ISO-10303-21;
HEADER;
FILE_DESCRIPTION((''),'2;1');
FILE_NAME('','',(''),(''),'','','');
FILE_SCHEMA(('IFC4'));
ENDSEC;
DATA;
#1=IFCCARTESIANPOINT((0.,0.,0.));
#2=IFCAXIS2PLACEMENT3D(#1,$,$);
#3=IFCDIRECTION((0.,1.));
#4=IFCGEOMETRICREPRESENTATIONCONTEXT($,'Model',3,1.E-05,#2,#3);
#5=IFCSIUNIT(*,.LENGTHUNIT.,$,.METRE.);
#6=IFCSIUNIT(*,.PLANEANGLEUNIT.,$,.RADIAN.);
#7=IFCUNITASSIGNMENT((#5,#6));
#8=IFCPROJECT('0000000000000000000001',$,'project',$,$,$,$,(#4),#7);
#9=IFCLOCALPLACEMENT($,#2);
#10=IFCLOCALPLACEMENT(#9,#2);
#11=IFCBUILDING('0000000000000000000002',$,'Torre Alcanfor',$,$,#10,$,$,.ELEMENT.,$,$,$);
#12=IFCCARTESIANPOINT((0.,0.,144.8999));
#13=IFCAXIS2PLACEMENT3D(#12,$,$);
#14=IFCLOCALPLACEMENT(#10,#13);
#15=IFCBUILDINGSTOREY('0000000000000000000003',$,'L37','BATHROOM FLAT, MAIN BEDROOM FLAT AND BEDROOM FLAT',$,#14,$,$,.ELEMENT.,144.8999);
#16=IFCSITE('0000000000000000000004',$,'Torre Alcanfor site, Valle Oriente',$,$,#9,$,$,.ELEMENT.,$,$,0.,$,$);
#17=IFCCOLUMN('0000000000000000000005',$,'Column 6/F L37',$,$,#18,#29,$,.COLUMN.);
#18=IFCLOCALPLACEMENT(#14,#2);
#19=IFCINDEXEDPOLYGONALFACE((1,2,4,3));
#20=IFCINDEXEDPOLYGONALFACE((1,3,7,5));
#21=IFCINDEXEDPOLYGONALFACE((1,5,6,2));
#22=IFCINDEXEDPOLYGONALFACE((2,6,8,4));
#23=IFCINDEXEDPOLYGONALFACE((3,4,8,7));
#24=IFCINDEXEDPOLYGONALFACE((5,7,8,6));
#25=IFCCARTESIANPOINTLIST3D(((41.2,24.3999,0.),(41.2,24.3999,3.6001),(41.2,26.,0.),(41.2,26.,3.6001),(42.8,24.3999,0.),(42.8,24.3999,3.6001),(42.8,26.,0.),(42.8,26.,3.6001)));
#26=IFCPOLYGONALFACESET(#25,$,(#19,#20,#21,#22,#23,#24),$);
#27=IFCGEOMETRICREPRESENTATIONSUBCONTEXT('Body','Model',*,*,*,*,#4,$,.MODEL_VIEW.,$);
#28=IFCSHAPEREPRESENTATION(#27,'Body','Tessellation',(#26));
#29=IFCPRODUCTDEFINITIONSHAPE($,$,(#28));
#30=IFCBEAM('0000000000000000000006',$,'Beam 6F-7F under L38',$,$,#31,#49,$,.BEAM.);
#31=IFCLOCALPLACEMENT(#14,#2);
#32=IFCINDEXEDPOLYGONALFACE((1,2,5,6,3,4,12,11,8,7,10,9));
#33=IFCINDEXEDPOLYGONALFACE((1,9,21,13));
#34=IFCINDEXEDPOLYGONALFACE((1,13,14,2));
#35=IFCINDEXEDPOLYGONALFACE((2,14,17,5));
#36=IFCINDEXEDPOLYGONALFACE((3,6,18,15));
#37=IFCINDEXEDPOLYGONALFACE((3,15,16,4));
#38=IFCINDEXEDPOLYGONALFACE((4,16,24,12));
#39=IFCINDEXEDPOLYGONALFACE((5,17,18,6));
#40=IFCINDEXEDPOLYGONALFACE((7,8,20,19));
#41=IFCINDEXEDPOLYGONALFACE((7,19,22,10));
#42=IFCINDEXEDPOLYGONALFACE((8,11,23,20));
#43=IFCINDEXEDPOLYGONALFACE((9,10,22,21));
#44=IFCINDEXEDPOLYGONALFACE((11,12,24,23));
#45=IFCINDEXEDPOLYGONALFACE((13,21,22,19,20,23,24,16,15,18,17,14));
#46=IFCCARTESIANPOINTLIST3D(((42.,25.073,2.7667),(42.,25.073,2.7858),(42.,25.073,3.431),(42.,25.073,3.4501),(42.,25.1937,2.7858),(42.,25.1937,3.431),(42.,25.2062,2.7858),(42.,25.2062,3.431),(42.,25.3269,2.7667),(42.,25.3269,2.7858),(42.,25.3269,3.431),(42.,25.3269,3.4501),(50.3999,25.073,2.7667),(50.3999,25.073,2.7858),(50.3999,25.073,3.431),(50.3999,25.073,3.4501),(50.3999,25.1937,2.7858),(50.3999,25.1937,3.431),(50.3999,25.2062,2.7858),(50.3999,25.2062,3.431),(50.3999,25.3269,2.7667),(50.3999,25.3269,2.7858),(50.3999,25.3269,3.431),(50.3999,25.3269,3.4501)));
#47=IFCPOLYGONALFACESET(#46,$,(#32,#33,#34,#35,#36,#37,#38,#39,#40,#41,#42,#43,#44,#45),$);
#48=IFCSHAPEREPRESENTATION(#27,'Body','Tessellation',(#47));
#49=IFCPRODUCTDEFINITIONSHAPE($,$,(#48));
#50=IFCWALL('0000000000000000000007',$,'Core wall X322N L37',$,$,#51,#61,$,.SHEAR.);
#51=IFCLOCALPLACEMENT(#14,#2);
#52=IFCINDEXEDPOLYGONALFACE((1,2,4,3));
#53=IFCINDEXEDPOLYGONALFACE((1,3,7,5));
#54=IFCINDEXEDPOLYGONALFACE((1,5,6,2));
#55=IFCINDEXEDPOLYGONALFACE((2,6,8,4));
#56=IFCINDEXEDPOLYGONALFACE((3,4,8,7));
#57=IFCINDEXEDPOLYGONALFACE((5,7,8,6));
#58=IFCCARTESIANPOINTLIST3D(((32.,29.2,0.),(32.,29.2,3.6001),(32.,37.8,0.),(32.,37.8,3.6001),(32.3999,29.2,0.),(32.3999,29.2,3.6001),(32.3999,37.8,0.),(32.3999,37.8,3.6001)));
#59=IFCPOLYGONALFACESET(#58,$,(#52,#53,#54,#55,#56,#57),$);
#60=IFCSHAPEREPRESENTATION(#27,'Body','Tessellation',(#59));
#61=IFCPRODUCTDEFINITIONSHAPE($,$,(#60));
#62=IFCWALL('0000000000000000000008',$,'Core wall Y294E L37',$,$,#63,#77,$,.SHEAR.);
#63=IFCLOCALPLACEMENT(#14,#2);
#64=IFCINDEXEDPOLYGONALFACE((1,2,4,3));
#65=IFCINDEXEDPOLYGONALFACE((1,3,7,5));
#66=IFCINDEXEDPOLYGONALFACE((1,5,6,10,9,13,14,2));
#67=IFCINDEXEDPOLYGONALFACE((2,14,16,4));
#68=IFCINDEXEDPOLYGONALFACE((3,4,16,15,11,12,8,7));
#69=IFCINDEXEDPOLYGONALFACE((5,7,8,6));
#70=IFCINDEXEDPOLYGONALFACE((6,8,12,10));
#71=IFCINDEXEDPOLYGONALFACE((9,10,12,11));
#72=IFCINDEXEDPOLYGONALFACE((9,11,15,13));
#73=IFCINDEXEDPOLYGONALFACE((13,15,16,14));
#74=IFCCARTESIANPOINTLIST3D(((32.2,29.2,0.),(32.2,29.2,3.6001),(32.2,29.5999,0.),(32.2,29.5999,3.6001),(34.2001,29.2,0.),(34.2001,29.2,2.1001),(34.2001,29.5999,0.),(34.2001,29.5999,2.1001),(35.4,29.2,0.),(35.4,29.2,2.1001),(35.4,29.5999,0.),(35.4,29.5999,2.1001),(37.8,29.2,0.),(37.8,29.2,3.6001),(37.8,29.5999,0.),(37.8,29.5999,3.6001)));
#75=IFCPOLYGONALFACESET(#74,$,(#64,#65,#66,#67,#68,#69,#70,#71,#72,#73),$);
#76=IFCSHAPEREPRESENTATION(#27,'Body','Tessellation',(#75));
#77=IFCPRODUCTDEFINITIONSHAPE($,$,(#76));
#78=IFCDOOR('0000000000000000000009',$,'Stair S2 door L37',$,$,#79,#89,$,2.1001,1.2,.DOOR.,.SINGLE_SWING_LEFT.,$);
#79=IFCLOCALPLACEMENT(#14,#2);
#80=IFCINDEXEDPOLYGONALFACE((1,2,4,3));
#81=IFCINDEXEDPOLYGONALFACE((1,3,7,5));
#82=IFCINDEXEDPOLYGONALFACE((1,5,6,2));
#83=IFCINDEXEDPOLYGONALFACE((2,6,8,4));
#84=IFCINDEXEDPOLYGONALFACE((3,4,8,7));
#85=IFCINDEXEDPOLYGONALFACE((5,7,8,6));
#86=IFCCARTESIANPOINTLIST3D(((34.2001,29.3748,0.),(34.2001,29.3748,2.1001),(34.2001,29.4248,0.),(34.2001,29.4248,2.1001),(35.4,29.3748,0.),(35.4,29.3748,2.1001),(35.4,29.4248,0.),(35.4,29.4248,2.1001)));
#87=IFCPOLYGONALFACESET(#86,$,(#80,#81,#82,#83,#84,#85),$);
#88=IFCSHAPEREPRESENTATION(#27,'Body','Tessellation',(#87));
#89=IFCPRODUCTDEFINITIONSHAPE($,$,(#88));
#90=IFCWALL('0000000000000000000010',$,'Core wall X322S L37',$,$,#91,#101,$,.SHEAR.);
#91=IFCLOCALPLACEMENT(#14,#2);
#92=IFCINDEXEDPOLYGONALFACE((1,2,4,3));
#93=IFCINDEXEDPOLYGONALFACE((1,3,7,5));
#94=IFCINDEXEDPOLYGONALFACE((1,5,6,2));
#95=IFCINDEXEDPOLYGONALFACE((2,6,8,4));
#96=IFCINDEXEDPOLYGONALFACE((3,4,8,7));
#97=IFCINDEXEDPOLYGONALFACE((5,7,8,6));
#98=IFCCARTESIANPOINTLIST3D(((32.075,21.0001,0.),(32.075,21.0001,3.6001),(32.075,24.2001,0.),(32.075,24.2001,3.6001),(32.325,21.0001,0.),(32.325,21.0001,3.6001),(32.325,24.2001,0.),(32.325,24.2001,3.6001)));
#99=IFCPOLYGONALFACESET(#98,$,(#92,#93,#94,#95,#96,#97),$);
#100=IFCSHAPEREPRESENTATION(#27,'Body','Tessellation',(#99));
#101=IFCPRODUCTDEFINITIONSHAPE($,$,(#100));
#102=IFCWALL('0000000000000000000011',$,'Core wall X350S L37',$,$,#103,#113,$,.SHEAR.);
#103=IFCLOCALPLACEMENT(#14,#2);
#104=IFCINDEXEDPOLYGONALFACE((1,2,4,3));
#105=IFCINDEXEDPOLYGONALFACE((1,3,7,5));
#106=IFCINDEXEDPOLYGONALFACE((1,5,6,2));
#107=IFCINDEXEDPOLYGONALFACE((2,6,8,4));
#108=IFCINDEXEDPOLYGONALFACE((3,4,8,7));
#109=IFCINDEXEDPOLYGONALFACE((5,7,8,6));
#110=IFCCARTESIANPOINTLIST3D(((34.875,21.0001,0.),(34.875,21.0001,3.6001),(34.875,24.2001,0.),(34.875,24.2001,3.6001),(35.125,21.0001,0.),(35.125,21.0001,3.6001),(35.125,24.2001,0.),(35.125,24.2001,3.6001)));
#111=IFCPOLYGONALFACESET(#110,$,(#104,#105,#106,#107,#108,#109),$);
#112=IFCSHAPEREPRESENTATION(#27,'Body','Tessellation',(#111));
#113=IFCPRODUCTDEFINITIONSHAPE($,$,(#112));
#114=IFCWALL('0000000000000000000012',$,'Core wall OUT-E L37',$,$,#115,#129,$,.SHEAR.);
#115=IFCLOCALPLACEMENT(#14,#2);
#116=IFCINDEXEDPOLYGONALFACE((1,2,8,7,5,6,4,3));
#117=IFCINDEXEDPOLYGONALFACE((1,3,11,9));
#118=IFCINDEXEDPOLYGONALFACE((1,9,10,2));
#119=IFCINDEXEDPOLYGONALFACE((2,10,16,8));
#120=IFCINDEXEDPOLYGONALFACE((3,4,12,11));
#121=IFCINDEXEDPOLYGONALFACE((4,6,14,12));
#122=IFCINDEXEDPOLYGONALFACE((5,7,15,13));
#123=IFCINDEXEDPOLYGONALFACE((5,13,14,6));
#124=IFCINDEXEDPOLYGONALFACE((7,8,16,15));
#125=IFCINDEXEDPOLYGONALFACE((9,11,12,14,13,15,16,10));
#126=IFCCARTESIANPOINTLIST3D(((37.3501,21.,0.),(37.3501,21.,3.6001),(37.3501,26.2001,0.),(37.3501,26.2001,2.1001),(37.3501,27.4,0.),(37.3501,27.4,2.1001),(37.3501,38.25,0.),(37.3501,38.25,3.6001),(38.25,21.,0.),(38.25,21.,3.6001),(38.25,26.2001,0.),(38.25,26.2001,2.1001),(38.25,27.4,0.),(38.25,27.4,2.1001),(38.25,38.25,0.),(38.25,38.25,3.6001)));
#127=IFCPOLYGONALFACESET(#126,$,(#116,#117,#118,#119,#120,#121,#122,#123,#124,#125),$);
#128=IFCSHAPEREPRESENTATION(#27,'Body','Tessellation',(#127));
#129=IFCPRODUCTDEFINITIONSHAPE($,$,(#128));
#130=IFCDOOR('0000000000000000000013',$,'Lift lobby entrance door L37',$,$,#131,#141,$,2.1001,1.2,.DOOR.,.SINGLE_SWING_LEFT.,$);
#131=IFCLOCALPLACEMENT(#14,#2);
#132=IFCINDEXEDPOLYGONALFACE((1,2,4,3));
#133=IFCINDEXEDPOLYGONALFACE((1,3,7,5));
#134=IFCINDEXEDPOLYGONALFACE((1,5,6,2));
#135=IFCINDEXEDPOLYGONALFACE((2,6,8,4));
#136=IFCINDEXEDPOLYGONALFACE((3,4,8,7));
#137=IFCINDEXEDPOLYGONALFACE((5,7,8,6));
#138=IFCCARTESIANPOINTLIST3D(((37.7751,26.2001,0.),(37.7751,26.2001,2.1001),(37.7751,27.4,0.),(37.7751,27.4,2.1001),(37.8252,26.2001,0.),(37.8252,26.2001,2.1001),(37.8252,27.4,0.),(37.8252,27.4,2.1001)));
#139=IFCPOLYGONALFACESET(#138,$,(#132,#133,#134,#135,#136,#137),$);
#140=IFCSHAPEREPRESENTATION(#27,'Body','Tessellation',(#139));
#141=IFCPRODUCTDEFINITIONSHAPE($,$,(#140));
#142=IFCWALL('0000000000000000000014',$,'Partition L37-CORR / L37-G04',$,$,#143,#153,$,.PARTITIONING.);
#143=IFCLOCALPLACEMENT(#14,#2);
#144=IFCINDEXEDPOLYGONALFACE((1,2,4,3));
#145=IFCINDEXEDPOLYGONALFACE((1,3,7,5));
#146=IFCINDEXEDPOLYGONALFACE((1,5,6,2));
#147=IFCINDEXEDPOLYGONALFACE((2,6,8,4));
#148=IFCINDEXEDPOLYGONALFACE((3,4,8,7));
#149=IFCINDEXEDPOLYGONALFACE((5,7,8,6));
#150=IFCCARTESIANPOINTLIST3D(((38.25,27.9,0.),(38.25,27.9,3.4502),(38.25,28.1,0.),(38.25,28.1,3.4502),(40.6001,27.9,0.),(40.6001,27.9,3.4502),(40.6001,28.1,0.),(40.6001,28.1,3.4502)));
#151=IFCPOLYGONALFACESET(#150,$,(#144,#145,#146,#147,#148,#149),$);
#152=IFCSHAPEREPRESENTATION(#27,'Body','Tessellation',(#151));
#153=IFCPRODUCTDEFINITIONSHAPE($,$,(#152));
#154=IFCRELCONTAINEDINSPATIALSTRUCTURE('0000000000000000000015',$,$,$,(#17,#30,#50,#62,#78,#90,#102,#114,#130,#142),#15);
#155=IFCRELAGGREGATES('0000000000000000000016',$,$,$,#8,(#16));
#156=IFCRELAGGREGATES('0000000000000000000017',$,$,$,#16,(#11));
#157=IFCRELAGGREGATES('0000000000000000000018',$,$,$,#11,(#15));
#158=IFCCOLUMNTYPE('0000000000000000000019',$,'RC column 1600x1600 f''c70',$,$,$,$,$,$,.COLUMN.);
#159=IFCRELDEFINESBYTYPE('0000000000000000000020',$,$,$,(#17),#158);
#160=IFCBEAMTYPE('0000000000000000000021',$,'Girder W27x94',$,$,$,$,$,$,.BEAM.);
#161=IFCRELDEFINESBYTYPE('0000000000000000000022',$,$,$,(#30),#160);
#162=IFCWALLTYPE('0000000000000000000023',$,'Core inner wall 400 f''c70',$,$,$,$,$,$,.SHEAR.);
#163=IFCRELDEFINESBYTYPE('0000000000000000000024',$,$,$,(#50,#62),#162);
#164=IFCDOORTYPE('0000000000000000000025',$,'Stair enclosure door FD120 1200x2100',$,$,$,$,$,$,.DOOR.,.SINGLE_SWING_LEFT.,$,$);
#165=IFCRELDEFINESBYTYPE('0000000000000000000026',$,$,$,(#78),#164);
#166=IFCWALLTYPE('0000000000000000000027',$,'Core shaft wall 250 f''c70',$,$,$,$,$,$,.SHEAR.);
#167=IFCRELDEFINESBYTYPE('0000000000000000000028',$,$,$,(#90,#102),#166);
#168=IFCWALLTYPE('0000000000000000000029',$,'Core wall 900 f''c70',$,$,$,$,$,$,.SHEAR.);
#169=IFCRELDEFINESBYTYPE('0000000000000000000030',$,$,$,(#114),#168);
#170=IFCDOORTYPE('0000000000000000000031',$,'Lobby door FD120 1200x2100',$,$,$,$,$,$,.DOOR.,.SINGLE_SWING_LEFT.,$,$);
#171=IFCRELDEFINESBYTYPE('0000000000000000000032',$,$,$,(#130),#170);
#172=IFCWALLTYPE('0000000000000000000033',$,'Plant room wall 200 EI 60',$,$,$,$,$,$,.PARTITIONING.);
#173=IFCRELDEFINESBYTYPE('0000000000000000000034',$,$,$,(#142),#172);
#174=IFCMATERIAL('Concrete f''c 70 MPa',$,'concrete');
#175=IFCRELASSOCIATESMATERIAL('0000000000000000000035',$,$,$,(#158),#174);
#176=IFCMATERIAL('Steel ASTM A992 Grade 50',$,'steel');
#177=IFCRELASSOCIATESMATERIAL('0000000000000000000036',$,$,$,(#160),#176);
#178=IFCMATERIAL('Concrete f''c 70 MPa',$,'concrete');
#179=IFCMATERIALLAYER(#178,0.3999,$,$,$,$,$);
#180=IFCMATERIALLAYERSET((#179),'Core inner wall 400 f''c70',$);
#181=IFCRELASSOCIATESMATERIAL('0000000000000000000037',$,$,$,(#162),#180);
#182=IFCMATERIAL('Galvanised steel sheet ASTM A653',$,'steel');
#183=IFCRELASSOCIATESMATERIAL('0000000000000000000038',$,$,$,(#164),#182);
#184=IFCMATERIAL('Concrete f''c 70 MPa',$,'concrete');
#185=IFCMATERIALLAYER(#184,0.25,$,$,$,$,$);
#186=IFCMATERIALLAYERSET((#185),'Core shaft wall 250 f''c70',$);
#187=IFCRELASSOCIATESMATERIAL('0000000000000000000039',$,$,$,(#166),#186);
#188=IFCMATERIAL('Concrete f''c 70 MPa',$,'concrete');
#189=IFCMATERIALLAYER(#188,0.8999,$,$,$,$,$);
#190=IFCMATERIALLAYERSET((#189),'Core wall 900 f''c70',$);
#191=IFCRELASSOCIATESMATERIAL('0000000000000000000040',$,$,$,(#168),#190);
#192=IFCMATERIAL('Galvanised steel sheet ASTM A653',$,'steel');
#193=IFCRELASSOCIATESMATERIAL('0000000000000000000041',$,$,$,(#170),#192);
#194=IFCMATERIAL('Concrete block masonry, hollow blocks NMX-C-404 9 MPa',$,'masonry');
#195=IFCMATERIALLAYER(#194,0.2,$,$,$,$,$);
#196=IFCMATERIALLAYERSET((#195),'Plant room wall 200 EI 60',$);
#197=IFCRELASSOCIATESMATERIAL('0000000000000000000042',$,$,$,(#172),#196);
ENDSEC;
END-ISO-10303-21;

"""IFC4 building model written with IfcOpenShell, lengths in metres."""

from ifc_helpers import new_model, si_unit, direction, frame, frame_2d, origin, origin_2d, place, context, subcontext, project, spatial, rectangle, i_section, extrude, material, layer, layer_set, material_profile, profile_set, type_object, element, fill, save


model = new_model("IFC4")

# Units and contexts
model_context = context("Model", 3, precision=1e-05, world=origin(), true_north=direction((0.0, 1.0)))
body_context = subcontext(model_context, "Body", "Model", "MODEL_VIEW")
ifc_project = project(units=[si_unit("LENGTHUNIT", "METRE"), si_unit("PLANEANGLEUNIT", "RADIAN")], contexts=[model_context])

# Site, building, storey
site_placement = place(None, origin())
site = spatial("IfcSite", under=ifc_project, at=site_placement, Name="Torre Alcanfor site, Valle Oriente", CompositionType="ELEMENT", RefElevation=0.0)
building_placement = place(site_placement, origin())
building = spatial("IfcBuilding", under=site, at=building_placement, Name="Torre Alcanfor", CompositionType="ELEMENT")
storey_placement = place(building_placement, frame((0.0, 0.0, 144.8999)))
storey = spatial("IfcBuildingStorey", under=building, at=storey_placement, Name="L37", Description="BATHROOM FLAT, MAIN BEDROOM FLAT AND BEDROOM FLAT", CompositionType="ELEMENT", Elevation=144.8999)

# Column
ifc_material_1 = material(Name="Concrete f'c 70 MPa", Category="concrete")
ifc_material_profile_1 = material_profile(ifc_material_1, rectangle(XDim=1.6001, YDim=1.6001, at=origin_2d()), Name="1600x1600")
ifc_profile_set_1 = profile_set([ifc_material_profile_1], Name="Concrete f'c 70 MPa")
column_type = type_object("IfcColumnType", Name="RC column 1600x1600 f'c70", PredefinedType="COLUMN", material=ifc_profile_set_1)
column_placement = place(storey_placement, frame((42.0, 25.2, 0.0), z_axis=(0.0, 0.0, 1.0), x_axis=(1.0, 0.0, 0.0)))
element("IfcColumn", 1, at=column_placement, inside=storey, type_object=column_type, Name="Column 6/F L37", PredefinedType="COLUMN", context=body_context, shape_type="SweptSolid", body=[
    extrude(rectangle(XDim=1.6001, YDim=1.6001, at=origin_2d()), origin(), (0.0, 0.0, 1.0), 3.6001),
])

# Beam
ifc_material_2 = material(Name="Steel ASTM A992 Grade 50", Category="steel")
ifc_material_profile_2 = material_profile(ifc_material_2, i_section(OverallWidth=0.2539, OverallDepth=0.6833, WebThickness=0.0125, FlangeThickness=0.019, at=origin_2d()), Name="W27x94")
ifc_profile_set_2 = profile_set([ifc_material_profile_2], Name="Steel ASTM A992 Grade 50")
beam_type = type_object("IfcBeamType", Name="Girder W27x94", PredefinedType="BEAM", material=ifc_profile_set_2)
beam_placement = place(storey_placement, frame((42.0, 25.2, 3.1084), z_axis=(1.0, 0.0, 0.0), x_axis=(0.0, 1.0, 0.0)))
element("IfcBeam", 2, at=beam_placement, inside=storey, type_object=beam_type, Name="Beam 6F-7F under L38", PredefinedType="BEAM", context=body_context, shape_type="SweptSolid", body=[
    extrude(i_section(OverallWidth=0.2539, OverallDepth=0.6833, WebThickness=0.0125, FlangeThickness=0.019, at=origin_2d()), origin(), (0.0, 0.0, 1.0), 8.3999),
])

# Wall
ifc_material_3 = material(Name="Concrete f'c 70 MPa", Category="concrete")
ifc_layer_1 = layer(ifc_material_3, 0.3999)
ifc_layer_set_1 = layer_set([ifc_layer_1], Name="Core inner wall 400 f'c70")
wall_type_1 = type_object("IfcWallType", Name="Core inner wall 400 f'c70", PredefinedType="SHEAR", material=ifc_layer_set_1)
wall_1_placement = place(storey_placement, frame((32.2, 29.2, 0.0), z_axis=(0.0, 0.0, 1.0), x_axis=(0.0, 1.0, 0.0)))
element("IfcWall", 3, at=wall_1_placement, inside=storey, type_object=wall_type_1, Name="Core wall X322N L37", PredefinedType="SHEAR", context=body_context, shape_type="SweptSolid", body=[
    extrude(rectangle(XDim=8.6001, YDim=0.3999, at=frame_2d((4.3, 0.0))), origin(), (0.0, 0.0, 1.0), 3.6001),
])

# Wall, opening, door
wall_2_placement = place(storey_placement, frame((32.2, 29.3999, 0.0), z_axis=(0.0, 0.0, 1.0), x_axis=(1.0, 0.0, 0.0)))
wall_2 = element("IfcWall", 4, at=wall_2_placement, inside=storey, type_object=wall_type_1, Name="Core wall Y294E L37", PredefinedType="SHEAR", context=body_context, shape_type="SweptSolid", body=[
    extrude(rectangle(XDim=5.6001, YDim=0.3999, at=frame_2d((2.8, 0.0))), origin(), (0.0, 0.0, 1.0), 3.6001),
])
opening_1_placement = place(wall_2_placement, frame((2.0, 0.0, 0.0)))
opening_1 = element("IfcOpeningElement", 5, at=opening_1_placement, cuts=wall_2, PredefinedType="OPENING", context=body_context, shape_type="SweptSolid", body=[
    extrude(rectangle(XDim=1.2, YDim=2.1001, at=frame_2d((0.6001, 1.05))), frame((0.0, 0.21, 0.0), z_axis=(0.0, -1.0, 0.0), x_axis=(1.0, 0.0, 0.0)), (0.0, 0.0, 1.0), 0.4199),
])
ifc_material_4 = material(Name="Galvanised steel sheet ASTM A653", Category="steel")
door_type_1 = type_object("IfcDoorType", Name="Stair enclosure door FD120 1200x2100", OperationType="SINGLE_SWING_LEFT", PredefinedType="DOOR", material=ifc_material_4)
door_1_placement = place(opening_1_placement, origin())
door_1 = element("IfcDoor", 6, at=door_1_placement, inside=storey, type_object=door_type_1, Name="Stair S2 door L37", OperationType="SINGLE_SWING_LEFT", OverallHeight=2.1001, OverallWidth=1.2, PredefinedType="DOOR", context=body_context, shape_type="SweptSolid", body=[
    extrude(rectangle(XDim=1.2, YDim=2.1001, at=frame_2d((0.6001, 1.05))), frame((0.0, 0.0249, 0.0), z_axis=(0.0, -1.0, 0.0), x_axis=(1.0, 0.0, 0.0)), (0.0, 0.0, 1.0), 0.05),
])
fill(opening_1, door_1)

# Walls
ifc_material_5 = material(Name="Concrete f'c 70 MPa", Category="concrete")
ifc_layer_2 = layer(ifc_material_5, 0.25)
ifc_layer_set_2 = layer_set([ifc_layer_2], Name="Core shaft wall 250 f'c70")
wall_type_2 = type_object("IfcWallType", Name="Core shaft wall 250 f'c70", PredefinedType="SHEAR", material=ifc_layer_set_2)
for number, where, z_axis, x_axis, name in (
    (7, (32.2, 21.0, 0.0), (0.0, 0.0, 1.0), (0.0, 1.0, 0.0), "Core wall X322S L37"),
    (8, (35.0, 21.0, 0.0), (0.0, 0.0, 1.0), (0.0, 1.0, 0.0), "Core wall X350S L37"),
):
    element("IfcWall", number, at=place(storey_placement, frame(where, z_axis=z_axis, x_axis=x_axis)), inside=storey, type_object=wall_type_2, Name=name, PredefinedType="SHEAR", context=body_context, shape_type="SweptSolid", body=[
        extrude(rectangle(XDim=3.2, YDim=0.25, at=frame_2d((1.6001, 0.0))), origin(), (0.0, 0.0, 1.0), 3.6001),
    ])

# Wall, opening, door
ifc_material_6 = material(Name="Concrete f'c 70 MPa", Category="concrete")
ifc_layer_3 = layer(ifc_material_6, 0.8999)
ifc_layer_set_3 = layer_set([ifc_layer_3], Name="Core wall 900 f'c70")
wall_type_3 = type_object("IfcWallType", Name="Core wall 900 f'c70", PredefinedType="SHEAR", material=ifc_layer_set_3)
wall_3_placement = place(storey_placement, frame((37.8, 21.0, 0.0), z_axis=(0.0, 0.0, 1.0), x_axis=(0.0, 1.0, 0.0)))
wall_3 = element("IfcWall", 9, at=wall_3_placement, inside=storey, type_object=wall_type_3, Name="Core wall OUT-E L37", PredefinedType="SHEAR", context=body_context, shape_type="SweptSolid", body=[
    extrude(rectangle(XDim=17.25, YDim=0.8999, at=frame_2d((8.625, 0.0))), origin(), (0.0, 0.0, 1.0), 3.6001),
])
opening_2_placement = place(wall_3_placement, frame((5.2, 0.0, 0.0)))
opening_2 = element("IfcOpeningElement", 10, at=opening_2_placement, cuts=wall_3, PredefinedType="OPENING", context=body_context, shape_type="SweptSolid", body=[
    extrude(rectangle(XDim=1.2, YDim=2.1001, at=frame_2d((0.6001, 1.05))), frame((0.0, 0.46, 0.0), z_axis=(0.0, -1.0, 0.0), x_axis=(1.0, 0.0, 0.0)), (0.0, 0.0, 1.0), 0.9199),
])
ifc_material_7 = material(Name="Galvanised steel sheet ASTM A653", Category="steel")
door_type_2 = type_object("IfcDoorType", Name="Lobby door FD120 1200x2100", OperationType="SINGLE_SWING_LEFT", PredefinedType="DOOR", material=ifc_material_7)
door_2_placement = place(opening_2_placement, origin())
door_2 = element("IfcDoor", 11, at=door_2_placement, inside=storey, type_object=door_type_2, Name="Lift lobby entrance door L37", OperationType="SINGLE_SWING_LEFT", OverallHeight=2.1001, OverallWidth=1.2, PredefinedType="DOOR", context=body_context, shape_type="SweptSolid", body=[
    extrude(rectangle(XDim=1.2, YDim=2.1001, at=frame_2d((0.6001, 1.05))), frame((0.0, 0.0249, 0.0), z_axis=(0.0, -1.0, 0.0), x_axis=(1.0, 0.0, 0.0)), (0.0, 0.0, 1.0), 0.05),
])
fill(opening_2, door_2)

# Wall
ifc_material_8 = material(Name="Concrete block masonry, hollow blocks NMX-C-404 9 MPa", Category="masonry")
ifc_layer_4 = layer(ifc_material_8, 0.2)
ifc_layer_set_4 = layer_set([ifc_layer_4], Name="Plant room wall 200 EI 60")
wall_type_4 = type_object("IfcWallType", Name="Plant room wall 200 EI 60", PredefinedType="PARTITIONING", material=ifc_layer_set_4)
wall_4_placement = place(storey_placement, frame((38.25, 28.0, 0.0), z_axis=(0.0, 0.0, 1.0), x_axis=(1.0, 0.0, 0.0)))
element("IfcWall", 12, at=wall_4_placement, inside=storey, type_object=wall_type_4, Name="Partition L37-CORR / L37-G04", PredefinedType="PARTITIONING", context=body_context, shape_type="SweptSolid", body=[
    extrude(rectangle(XDim=2.3501, YDim=0.2, at=frame_2d((1.175, 0.0))), origin(), (0.0, 0.0, 1.0), 3.4502),
])

save(model, "model.ifc")
